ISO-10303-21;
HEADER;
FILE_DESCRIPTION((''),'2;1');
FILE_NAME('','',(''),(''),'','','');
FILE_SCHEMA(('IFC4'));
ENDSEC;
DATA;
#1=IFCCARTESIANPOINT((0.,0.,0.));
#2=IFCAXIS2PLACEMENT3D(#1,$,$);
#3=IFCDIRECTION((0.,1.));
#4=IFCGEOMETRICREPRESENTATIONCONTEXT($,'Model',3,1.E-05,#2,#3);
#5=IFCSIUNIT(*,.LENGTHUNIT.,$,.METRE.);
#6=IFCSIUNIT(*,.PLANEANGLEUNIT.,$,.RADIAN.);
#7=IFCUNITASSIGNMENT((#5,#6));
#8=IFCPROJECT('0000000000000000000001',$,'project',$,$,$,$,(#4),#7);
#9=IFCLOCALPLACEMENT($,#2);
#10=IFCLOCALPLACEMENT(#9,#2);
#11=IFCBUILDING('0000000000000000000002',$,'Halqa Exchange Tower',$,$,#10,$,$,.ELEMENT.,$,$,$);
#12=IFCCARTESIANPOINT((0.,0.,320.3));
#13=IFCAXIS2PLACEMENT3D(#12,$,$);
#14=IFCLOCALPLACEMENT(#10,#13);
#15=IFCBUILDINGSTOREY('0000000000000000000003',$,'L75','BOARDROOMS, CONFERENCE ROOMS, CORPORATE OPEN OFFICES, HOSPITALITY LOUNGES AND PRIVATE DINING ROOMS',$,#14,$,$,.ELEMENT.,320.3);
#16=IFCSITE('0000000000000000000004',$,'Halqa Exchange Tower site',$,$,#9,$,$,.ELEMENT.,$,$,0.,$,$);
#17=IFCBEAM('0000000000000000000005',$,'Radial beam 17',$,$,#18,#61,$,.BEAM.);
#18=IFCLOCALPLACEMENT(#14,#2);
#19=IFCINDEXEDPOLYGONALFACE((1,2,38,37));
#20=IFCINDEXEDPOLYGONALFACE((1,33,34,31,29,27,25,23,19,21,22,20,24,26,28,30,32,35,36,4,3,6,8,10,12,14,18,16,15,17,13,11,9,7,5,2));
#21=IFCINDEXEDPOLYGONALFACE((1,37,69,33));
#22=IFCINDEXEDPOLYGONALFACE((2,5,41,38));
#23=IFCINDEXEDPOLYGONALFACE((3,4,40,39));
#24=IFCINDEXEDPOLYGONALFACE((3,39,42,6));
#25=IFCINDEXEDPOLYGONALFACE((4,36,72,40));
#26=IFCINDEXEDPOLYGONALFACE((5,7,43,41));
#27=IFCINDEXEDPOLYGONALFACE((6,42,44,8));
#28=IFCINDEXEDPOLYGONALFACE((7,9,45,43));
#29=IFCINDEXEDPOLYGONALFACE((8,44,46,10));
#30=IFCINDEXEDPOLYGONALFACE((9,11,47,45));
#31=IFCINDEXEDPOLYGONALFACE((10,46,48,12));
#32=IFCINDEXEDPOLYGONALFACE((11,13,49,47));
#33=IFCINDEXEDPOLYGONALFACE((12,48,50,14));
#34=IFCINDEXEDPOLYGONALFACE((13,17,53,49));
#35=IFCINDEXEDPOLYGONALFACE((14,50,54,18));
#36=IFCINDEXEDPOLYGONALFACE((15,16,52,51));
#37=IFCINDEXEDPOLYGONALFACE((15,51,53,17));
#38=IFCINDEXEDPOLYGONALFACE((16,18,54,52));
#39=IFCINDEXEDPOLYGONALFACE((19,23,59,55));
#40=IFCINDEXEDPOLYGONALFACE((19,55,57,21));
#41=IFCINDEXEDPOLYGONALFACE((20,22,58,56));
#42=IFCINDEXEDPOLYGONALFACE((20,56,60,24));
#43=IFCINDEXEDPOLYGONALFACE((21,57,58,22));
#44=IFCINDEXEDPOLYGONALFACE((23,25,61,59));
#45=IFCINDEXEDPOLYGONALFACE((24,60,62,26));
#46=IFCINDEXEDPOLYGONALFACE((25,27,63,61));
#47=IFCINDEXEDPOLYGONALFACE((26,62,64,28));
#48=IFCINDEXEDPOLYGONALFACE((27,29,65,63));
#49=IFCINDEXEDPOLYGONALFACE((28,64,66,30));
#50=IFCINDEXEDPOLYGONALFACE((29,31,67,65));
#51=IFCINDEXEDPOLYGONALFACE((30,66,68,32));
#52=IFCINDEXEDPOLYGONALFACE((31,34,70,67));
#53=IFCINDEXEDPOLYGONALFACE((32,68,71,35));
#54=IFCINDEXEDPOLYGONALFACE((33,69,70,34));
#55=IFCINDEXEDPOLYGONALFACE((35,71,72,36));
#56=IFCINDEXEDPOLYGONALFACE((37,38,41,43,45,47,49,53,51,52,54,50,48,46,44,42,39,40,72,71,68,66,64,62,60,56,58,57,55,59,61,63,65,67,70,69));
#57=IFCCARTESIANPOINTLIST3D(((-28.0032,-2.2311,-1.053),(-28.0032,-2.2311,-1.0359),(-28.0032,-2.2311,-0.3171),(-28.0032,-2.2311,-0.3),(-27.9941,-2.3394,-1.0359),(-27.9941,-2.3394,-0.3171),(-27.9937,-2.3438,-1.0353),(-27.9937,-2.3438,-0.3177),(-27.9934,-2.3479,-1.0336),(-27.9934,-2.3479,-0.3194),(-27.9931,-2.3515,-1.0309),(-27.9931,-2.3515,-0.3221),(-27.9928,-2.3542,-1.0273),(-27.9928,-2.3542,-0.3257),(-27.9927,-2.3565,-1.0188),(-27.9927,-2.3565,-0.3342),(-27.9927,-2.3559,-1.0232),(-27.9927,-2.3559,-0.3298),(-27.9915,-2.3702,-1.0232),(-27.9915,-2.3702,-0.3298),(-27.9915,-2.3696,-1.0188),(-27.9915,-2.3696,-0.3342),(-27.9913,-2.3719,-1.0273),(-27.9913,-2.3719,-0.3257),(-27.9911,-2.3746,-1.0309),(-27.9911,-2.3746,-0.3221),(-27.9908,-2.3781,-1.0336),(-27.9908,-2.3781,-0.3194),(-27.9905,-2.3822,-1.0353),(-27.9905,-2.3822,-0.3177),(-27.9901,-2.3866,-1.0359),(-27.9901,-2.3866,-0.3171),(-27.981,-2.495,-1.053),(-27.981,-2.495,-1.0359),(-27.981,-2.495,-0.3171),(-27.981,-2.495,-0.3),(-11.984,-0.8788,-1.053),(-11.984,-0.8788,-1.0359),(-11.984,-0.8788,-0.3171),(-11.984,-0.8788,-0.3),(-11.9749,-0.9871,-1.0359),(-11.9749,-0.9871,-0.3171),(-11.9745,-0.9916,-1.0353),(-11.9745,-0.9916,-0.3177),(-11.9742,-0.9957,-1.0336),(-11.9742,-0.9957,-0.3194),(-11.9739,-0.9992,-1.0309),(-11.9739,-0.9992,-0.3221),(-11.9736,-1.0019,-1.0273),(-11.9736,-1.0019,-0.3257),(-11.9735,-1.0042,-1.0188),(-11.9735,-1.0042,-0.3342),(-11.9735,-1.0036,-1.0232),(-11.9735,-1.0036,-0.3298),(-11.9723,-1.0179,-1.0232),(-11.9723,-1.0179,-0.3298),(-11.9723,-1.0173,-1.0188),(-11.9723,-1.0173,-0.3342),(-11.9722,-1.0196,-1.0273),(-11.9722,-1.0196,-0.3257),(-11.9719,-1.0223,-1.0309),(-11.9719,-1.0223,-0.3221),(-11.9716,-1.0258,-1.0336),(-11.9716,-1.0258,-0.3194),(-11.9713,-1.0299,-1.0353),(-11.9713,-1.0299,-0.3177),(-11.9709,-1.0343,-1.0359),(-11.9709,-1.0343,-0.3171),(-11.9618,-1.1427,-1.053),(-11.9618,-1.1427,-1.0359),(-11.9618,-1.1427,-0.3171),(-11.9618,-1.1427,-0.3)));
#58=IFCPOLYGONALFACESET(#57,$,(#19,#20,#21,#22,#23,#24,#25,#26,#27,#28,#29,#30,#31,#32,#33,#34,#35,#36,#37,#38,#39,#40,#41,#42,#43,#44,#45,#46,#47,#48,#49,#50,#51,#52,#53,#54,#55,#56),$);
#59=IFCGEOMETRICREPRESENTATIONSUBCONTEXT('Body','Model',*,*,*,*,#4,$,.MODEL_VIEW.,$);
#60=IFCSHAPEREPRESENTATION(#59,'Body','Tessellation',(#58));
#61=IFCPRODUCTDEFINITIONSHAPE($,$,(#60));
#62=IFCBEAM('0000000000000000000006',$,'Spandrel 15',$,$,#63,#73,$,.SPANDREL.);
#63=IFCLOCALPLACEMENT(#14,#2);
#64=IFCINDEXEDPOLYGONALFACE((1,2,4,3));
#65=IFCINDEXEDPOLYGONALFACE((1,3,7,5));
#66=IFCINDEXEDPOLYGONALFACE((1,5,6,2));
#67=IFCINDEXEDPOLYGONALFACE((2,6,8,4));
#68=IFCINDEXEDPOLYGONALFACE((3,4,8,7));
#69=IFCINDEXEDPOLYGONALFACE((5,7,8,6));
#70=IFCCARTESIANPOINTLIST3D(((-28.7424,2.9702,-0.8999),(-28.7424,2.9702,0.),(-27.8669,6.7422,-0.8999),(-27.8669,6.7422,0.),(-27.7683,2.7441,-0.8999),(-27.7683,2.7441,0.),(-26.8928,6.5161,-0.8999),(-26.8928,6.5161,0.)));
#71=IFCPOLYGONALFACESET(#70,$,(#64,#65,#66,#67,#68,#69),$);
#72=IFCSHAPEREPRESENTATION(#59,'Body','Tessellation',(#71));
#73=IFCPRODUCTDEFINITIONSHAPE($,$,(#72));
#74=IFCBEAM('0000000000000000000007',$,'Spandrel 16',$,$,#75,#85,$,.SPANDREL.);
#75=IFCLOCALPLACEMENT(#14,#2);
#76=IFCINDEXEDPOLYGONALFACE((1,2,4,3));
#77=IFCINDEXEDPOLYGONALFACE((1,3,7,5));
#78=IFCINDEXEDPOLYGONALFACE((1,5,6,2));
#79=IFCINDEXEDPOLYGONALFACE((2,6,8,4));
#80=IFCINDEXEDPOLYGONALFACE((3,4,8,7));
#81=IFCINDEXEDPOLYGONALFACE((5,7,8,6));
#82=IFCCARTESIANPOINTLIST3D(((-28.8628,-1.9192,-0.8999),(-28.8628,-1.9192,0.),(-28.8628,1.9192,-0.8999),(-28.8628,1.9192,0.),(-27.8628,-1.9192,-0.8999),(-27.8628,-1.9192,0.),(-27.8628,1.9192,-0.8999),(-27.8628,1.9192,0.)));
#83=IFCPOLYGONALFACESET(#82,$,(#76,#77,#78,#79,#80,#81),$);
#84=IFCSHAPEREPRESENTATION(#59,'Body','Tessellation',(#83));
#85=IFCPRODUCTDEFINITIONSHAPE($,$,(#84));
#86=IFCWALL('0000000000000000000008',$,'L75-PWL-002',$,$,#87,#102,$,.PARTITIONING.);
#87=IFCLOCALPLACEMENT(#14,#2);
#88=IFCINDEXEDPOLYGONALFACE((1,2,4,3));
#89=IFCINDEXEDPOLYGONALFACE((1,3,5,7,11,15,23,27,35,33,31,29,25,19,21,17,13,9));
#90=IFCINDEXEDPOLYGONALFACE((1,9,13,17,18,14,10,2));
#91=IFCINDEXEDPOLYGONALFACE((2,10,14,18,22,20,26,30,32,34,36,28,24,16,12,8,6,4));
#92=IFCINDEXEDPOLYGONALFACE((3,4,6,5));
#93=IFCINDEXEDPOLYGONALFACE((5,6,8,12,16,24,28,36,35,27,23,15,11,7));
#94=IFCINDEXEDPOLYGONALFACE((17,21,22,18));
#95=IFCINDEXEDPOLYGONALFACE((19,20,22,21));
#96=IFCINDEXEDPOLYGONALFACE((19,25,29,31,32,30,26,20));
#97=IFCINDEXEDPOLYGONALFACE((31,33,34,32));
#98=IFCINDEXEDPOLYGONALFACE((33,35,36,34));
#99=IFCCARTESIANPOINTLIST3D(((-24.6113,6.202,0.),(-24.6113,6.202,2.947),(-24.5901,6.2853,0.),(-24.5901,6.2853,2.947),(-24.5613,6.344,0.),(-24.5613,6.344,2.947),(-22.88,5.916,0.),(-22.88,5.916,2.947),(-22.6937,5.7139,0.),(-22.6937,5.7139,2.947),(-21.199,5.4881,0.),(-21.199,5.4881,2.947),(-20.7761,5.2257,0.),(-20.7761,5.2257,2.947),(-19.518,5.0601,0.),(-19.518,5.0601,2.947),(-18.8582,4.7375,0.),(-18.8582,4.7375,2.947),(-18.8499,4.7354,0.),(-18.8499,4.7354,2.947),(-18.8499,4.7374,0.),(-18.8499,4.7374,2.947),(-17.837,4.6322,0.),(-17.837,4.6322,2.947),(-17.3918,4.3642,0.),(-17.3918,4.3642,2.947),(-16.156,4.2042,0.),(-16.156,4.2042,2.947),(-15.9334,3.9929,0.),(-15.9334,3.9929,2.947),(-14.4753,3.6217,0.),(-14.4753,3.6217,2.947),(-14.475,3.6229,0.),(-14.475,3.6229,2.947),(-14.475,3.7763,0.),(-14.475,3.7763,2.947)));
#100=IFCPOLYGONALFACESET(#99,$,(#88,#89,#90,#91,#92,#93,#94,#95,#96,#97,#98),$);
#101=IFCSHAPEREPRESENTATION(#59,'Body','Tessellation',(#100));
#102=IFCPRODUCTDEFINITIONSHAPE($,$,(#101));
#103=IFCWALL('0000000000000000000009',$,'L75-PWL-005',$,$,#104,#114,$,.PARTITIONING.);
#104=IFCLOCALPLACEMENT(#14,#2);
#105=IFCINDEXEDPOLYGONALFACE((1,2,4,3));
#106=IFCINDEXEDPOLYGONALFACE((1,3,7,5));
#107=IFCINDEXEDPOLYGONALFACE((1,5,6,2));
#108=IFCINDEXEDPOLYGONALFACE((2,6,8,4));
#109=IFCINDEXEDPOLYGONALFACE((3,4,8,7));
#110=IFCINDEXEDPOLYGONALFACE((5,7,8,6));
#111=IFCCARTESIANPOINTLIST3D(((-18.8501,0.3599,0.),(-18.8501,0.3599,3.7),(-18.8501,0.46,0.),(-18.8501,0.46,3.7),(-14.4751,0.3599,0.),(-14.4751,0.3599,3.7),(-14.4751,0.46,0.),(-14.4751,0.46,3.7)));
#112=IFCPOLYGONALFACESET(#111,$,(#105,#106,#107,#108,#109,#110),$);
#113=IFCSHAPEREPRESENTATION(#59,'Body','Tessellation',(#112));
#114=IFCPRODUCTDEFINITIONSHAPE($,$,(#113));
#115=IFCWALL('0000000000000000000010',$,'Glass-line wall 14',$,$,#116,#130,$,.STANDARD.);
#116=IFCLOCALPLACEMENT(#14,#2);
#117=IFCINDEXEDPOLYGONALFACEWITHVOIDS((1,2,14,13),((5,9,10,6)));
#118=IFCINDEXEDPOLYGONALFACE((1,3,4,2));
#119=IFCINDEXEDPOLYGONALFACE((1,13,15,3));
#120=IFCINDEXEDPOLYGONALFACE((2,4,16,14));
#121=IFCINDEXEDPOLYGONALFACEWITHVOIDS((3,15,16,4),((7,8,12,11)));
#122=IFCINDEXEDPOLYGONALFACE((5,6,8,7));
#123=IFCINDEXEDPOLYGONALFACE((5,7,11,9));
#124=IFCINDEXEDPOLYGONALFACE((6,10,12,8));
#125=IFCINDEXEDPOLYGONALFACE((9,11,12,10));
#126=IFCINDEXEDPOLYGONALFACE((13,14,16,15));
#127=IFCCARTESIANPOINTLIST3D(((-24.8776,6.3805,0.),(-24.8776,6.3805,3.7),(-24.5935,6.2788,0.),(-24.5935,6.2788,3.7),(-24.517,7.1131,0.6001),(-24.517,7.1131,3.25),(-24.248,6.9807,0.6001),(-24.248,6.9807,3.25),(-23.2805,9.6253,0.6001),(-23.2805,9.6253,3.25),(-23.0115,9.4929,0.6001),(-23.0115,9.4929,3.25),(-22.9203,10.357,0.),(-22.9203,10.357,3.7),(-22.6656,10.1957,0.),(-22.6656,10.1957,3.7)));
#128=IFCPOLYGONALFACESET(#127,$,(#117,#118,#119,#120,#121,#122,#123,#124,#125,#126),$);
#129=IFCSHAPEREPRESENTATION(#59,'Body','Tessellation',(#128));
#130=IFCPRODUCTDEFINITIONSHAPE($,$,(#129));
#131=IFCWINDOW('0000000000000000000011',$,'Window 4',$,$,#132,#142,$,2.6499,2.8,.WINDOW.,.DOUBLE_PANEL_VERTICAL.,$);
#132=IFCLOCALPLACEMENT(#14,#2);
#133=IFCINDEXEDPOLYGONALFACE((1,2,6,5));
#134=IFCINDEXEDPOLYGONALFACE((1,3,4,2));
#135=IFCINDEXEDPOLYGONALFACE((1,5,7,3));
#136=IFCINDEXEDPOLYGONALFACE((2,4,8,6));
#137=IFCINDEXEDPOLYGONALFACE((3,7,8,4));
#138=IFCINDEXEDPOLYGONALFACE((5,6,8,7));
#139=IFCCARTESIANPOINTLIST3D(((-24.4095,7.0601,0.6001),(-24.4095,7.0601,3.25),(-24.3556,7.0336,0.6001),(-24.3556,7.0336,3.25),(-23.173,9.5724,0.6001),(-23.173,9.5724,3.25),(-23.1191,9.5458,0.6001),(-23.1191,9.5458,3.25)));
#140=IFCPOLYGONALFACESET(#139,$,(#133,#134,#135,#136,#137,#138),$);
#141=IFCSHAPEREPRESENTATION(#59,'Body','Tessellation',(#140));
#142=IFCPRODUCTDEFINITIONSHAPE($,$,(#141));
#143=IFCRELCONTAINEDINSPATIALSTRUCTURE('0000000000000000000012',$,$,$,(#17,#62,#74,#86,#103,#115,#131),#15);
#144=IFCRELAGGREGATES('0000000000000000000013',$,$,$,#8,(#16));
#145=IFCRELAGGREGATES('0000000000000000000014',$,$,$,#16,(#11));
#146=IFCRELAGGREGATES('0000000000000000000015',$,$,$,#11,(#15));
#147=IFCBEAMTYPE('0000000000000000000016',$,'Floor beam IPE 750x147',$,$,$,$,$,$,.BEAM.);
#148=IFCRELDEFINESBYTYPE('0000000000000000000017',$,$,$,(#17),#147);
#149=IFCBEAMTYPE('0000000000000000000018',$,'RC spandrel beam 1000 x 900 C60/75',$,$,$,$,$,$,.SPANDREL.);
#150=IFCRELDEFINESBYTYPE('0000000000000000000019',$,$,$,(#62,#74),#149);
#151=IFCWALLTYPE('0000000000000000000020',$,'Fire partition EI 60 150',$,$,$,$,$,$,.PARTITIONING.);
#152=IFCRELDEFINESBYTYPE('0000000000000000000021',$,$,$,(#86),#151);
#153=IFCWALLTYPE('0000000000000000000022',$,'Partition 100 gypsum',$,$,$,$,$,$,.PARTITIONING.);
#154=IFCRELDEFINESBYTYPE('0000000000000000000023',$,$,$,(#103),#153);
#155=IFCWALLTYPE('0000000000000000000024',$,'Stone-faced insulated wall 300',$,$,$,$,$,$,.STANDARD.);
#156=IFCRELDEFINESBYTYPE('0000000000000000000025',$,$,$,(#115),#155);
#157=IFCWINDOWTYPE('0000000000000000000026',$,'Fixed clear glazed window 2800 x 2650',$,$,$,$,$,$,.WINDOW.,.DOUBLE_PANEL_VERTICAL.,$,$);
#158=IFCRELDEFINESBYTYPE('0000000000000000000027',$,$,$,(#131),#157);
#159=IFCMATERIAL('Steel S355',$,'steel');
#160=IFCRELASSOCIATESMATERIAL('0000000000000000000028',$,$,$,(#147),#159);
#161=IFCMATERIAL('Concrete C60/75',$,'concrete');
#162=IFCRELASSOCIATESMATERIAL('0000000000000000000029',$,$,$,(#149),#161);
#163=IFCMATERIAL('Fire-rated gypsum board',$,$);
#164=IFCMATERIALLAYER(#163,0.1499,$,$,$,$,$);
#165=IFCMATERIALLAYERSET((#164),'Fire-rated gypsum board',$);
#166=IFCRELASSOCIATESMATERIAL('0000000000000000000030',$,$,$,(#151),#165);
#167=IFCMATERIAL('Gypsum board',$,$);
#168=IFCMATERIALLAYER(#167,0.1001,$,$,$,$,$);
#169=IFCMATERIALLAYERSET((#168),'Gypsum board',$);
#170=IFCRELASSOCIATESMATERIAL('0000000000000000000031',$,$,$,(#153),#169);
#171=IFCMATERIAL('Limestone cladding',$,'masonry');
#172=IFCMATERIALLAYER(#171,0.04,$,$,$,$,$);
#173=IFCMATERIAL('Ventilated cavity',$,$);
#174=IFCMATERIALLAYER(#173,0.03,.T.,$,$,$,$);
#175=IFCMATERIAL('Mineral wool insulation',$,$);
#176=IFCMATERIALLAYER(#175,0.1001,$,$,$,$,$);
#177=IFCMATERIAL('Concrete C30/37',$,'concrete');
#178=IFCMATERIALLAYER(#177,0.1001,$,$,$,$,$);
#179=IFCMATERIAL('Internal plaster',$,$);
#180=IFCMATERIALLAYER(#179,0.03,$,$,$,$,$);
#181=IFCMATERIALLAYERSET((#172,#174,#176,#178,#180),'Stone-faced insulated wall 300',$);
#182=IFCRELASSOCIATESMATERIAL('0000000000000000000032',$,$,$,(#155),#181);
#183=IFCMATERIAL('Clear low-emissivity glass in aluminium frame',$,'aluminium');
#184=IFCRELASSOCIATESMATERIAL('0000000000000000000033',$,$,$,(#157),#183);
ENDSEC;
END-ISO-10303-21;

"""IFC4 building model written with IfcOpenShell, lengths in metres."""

from ifc_helpers import new_model, si_unit, direction, frame, frame_2d, origin, origin_2d, place, context, subcontext, project, spatial, polyline, rectangle, i_section, outline, extrude, material, layer, layer_set, material_profile, profile_set, type_object, element, fill, save


model = new_model("IFC4")

# Units and contexts
model_context = context("Model", 3, precision=1e-05, world=origin(), true_north=direction((0.0, 1.0)))
body_context = subcontext(model_context, "Body", "Model", "MODEL_VIEW")
ifc_project = project(units=[si_unit("LENGTHUNIT", "METRE"), si_unit("PLANEANGLEUNIT", "RADIAN")], contexts=[model_context])

# Site, building, storey
site_placement = place(None, origin())
site = spatial("IfcSite", under=ifc_project, at=site_placement, Name="Halqa Exchange Tower site", CompositionType="ELEMENT", RefElevation=0.0)
building_placement = place(site_placement, origin())
building = spatial("IfcBuilding", under=site, at=building_placement, Name="Halqa Exchange Tower", CompositionType="ELEMENT")
storey_placement = place(building_placement, frame((0.0, 0.0, 320.3)))
storey = spatial("IfcBuildingStorey", under=building, at=storey_placement, Name="L75", Description="BOARDROOMS, CONFERENCE ROOMS, CORPORATE OPEN OFFICES, HOSPITALITY LOUNGES AND PRIVATE DINING ROOMS", CompositionType="ELEMENT", Elevation=320.3)

# Beams
ifc_material_1 = material(Name="Steel S355", Category="steel")
ifc_material_profile_1 = material_profile(ifc_material_1, i_section(OverallWidth=0.2649, OverallDepth=0.7529, WebThickness=0.0132, FlangeThickness=0.0171, FilletRadius=0.0171, at=origin_2d()), Name="IPE 750x147")
ifc_profile_set_1 = profile_set([ifc_material_profile_1], Name="Steel S355")
beam_type_1 = type_object("IfcBeamType", Name="Floor beam IPE 750x147", PredefinedType="BEAM", material=ifc_profile_set_1)
for number, where, z_axis, x_axis, name in (
    (1, (-11.9729, -1.0107, -0.6765), (-0.996456, -0.084117, 0.0), (0.084117, -0.996456, 0.0), "Radial beam 17"),
):
    element("IfcBeam", number, at=place(storey_placement, frame(where, z_axis=z_axis, x_axis=x_axis)), inside=storey, type_object=beam_type_1, Name=name, PredefinedType="BEAM", context=body_context, shape_type="SweptSolid", body=[
        extrude(i_section(OverallWidth=0.2649, OverallDepth=0.7529, WebThickness=0.0132, FlangeThickness=0.0171, FilletRadius=0.0171, at=origin_2d()), origin(), (0.0, 0.0, 1.0), 16.0762),
    ])
ifc_material_2 = material(Name="Concrete C60/75", Category="concrete")
ifc_material_profile_2 = material_profile(ifc_material_2, rectangle(XDim=1.0, YDim=0.8999, at=origin_2d()), Name="1000 x 900")
ifc_profile_set_2 = profile_set([ifc_material_profile_2], Name="Concrete C60/75")
beam_type_2 = type_object("IfcBeamType", Name="RC spandrel beam 1000 x 900 C60/75", PredefinedType="SPANDREL", material=ifc_profile_set_2)
beam_1_placement = place(storey_placement, frame((-27.3799, 6.6292, -0.45), z_axis=(-0.226093, -0.974106, 0.0), x_axis=(0.974106, -0.226093, 0.0)))
element("IfcBeam", 2, at=beam_1_placement, inside=storey, type_object=beam_type_2, Name="Spandrel 15", PredefinedType="SPANDREL", context=body_context, shape_type="SweptSolid", body=[
    extrude(rectangle(XDim=1.0, YDim=0.8999, at=origin_2d()), origin(), (0.0, 0.0, 1.0), 3.8723),
])
beam_2_placement = place(storey_placement, frame((-28.3628, 1.9192, -0.45), z_axis=(0.0, -1.0, 0.0), x_axis=(1.0, 0.0, 0.0)))
element("IfcBeam", 3, at=beam_2_placement, inside=storey, type_object=beam_type_2, Name="Spandrel 16", PredefinedType="SPANDREL", context=body_context, shape_type="SweptSolid", body=[
    extrude(rectangle(XDim=1.0, YDim=0.8999, at=origin_2d()), origin(), (0.0, 0.0, 1.0), 3.8384),
])

# Walls
ifc_material_3 = material(Name="Fire-rated gypsum board")
ifc_layer_1 = layer(ifc_material_3, 0.1499)
ifc_layer_set_1 = layer_set([ifc_layer_1], Name="Fire-rated gypsum board")
wall_type_1 = type_object("IfcWallType", Name="Fire partition EI 60 150", PredefinedType="PARTITIONING", material=ifc_layer_set_1)
wall_1_placement = place(storey_placement, frame((-24.5928, 6.2747, 0.0), z_axis=(0.0, 0.0, 1.0), x_axis=(0.969091, -0.246702, 0.0)))
element("IfcWall", 4, at=wall_1_placement, inside=storey, type_object=wall_type_1, Name="L75-PWL-002", PredefinedType="PARTITIONING", context=body_context, shape_type="SweptSolid", body=[
    extrude(outline(polyline([(0.0, -0.075), (1.9788, -0.075), (3.9575, -0.075), (5.9365, -0.075), (5.9446, -0.073), (5.9451, -0.075), (7.4497, -0.075), (8.9546, -0.075), (10.4592, -0.075), (10.4592, -0.0737), (10.4214, 0.075), (8.6868, 0.075), (6.9521, 0.075), (5.2175, 0.075), (3.4829, 0.075), (1.7483, 0.075), (0.0134, 0.075), (0.0, 0.011), (0.0, -0.075)])), origin(), (0.0, 0.0, 1.0), 2.947),
])
ifc_material_4 = material(Name="Gypsum board")
ifc_layer_2 = layer(ifc_material_4, 0.1001)
ifc_layer_set_2 = layer_set([ifc_layer_2], Name="Gypsum board")
wall_type_2 = type_object("IfcWallType", Name="Partition 100 gypsum", PredefinedType="PARTITIONING", material=ifc_layer_set_2)
wall_2_placement = place(storey_placement, frame((-18.8501, 0.4099, 0.0), z_axis=(0.0, 0.0, 1.0), x_axis=(1.0, 0.0, 0.0)))
element("IfcWall", 5, at=wall_2_placement, inside=storey, type_object=wall_type_2, Name="L75-PWL-005", PredefinedType="PARTITIONING", context=body_context, shape_type="SweptSolid", body=[
    extrude(rectangle(XDim=4.375, YDim=0.1001, at=frame_2d((2.1875, 0.0))), origin(), (0.0, 0.0, 1.0), 3.7),
])

# Wall, opening, window
ifc_material_5 = material(Name="Limestone cladding", Category="masonry")
ifc_layer_3 = layer(ifc_material_5, 0.04)
ifc_material_6 = material(Name="Ventilated cavity")
ifc_layer_4 = layer(ifc_material_6, 0.03, ventilated=True)
ifc_material_7 = material(Name="Mineral wool insulation")
ifc_layer_5 = layer(ifc_material_7, 0.1001)
ifc_material_8 = material(Name="Concrete C30/37", Category="concrete")
ifc_layer_6 = layer(ifc_material_8, 0.1001)
ifc_material_9 = material(Name="Internal plaster")
ifc_layer_7 = layer(ifc_material_9, 0.03)
ifc_layer_set_3 = layer_set([ifc_layer_3, ifc_layer_4, ifc_layer_5, ifc_layer_6, ifc_layer_7], Name="Stone-faced insulated wall 300")
wall_type_3 = type_object("IfcWallType", Name="Stone-faced insulated wall 300", PredefinedType="STANDARD", material=ifc_layer_set_3)
wall_3_placement = place(storey_placement, frame((-22.793, 10.2764, 0.0), z_axis=(0.0, 0.0, 1.0), x_axis=(-0.44161, -0.897207, 0.0)))
wall_3 = element("IfcWall", 6, at=wall_3_placement, inside=storey, type_object=wall_type_3, Name="Glass-line wall 14", PredefinedType="STANDARD", context=body_context, shape_type="SweptSolid", body=[
    extrude(outline(polyline([(-0.0161, -0.1499), (4.416, -0.1499), (4.3818, 0.1499), (0.0161, 0.1499), (-0.0161, -0.1499)])), origin(), (0.0, 0.0, 1.0), 3.7),
])
opening_1_placement = place(wall_3_placement, frame((0.7996, 0.0, 0.6001)))
opening_1 = element("IfcOpeningElement", 7, at=opening_1_placement, cuts=wall_3, PredefinedType="OPENING", context=body_context, shape_type="SweptSolid", body=[
    extrude(rectangle(XDim=2.8, YDim=2.6499, at=frame_2d((1.3999, 1.325))), frame((0.0, 0.1621, 0.0), z_axis=(0.0, -1.0, 0.0), x_axis=(1.0, 0.0, 0.0)), (0.0, 0.0, 1.0), 0.324),
])
ifc_material_10 = material(Name="Clear low-emissivity glass in aluminium frame", Category="aluminium")
window_type = type_object("IfcWindowType", Name="Fixed clear glazed window 2800 x 2650", PartitioningType="DOUBLE_PANEL_VERTICAL", PredefinedType="WINDOW", material=ifc_material_10)
window_1_placement = place(opening_1_placement, origin())
window_1 = element("IfcWindow", 8, at=window_1_placement, inside=storey, type_object=window_type, Name="Window 4", OverallHeight=2.6499, OverallWidth=2.8, PartitioningType="DOUBLE_PANEL_VERTICAL", PredefinedType="WINDOW", context=body_context, shape_type="SweptSolid", body=[
    extrude(rectangle(XDim=2.8, YDim=2.6499, at=frame_2d((1.3999, 1.325))), frame((0.0, 0.03, 0.0), z_axis=(0.0, -1.0, 0.0), x_axis=(1.0, 0.0, 0.0)), (0.0, 0.0, 1.0), 0.0601),
])
fill(opening_1, window_1)

save(model, "model.ifc")
